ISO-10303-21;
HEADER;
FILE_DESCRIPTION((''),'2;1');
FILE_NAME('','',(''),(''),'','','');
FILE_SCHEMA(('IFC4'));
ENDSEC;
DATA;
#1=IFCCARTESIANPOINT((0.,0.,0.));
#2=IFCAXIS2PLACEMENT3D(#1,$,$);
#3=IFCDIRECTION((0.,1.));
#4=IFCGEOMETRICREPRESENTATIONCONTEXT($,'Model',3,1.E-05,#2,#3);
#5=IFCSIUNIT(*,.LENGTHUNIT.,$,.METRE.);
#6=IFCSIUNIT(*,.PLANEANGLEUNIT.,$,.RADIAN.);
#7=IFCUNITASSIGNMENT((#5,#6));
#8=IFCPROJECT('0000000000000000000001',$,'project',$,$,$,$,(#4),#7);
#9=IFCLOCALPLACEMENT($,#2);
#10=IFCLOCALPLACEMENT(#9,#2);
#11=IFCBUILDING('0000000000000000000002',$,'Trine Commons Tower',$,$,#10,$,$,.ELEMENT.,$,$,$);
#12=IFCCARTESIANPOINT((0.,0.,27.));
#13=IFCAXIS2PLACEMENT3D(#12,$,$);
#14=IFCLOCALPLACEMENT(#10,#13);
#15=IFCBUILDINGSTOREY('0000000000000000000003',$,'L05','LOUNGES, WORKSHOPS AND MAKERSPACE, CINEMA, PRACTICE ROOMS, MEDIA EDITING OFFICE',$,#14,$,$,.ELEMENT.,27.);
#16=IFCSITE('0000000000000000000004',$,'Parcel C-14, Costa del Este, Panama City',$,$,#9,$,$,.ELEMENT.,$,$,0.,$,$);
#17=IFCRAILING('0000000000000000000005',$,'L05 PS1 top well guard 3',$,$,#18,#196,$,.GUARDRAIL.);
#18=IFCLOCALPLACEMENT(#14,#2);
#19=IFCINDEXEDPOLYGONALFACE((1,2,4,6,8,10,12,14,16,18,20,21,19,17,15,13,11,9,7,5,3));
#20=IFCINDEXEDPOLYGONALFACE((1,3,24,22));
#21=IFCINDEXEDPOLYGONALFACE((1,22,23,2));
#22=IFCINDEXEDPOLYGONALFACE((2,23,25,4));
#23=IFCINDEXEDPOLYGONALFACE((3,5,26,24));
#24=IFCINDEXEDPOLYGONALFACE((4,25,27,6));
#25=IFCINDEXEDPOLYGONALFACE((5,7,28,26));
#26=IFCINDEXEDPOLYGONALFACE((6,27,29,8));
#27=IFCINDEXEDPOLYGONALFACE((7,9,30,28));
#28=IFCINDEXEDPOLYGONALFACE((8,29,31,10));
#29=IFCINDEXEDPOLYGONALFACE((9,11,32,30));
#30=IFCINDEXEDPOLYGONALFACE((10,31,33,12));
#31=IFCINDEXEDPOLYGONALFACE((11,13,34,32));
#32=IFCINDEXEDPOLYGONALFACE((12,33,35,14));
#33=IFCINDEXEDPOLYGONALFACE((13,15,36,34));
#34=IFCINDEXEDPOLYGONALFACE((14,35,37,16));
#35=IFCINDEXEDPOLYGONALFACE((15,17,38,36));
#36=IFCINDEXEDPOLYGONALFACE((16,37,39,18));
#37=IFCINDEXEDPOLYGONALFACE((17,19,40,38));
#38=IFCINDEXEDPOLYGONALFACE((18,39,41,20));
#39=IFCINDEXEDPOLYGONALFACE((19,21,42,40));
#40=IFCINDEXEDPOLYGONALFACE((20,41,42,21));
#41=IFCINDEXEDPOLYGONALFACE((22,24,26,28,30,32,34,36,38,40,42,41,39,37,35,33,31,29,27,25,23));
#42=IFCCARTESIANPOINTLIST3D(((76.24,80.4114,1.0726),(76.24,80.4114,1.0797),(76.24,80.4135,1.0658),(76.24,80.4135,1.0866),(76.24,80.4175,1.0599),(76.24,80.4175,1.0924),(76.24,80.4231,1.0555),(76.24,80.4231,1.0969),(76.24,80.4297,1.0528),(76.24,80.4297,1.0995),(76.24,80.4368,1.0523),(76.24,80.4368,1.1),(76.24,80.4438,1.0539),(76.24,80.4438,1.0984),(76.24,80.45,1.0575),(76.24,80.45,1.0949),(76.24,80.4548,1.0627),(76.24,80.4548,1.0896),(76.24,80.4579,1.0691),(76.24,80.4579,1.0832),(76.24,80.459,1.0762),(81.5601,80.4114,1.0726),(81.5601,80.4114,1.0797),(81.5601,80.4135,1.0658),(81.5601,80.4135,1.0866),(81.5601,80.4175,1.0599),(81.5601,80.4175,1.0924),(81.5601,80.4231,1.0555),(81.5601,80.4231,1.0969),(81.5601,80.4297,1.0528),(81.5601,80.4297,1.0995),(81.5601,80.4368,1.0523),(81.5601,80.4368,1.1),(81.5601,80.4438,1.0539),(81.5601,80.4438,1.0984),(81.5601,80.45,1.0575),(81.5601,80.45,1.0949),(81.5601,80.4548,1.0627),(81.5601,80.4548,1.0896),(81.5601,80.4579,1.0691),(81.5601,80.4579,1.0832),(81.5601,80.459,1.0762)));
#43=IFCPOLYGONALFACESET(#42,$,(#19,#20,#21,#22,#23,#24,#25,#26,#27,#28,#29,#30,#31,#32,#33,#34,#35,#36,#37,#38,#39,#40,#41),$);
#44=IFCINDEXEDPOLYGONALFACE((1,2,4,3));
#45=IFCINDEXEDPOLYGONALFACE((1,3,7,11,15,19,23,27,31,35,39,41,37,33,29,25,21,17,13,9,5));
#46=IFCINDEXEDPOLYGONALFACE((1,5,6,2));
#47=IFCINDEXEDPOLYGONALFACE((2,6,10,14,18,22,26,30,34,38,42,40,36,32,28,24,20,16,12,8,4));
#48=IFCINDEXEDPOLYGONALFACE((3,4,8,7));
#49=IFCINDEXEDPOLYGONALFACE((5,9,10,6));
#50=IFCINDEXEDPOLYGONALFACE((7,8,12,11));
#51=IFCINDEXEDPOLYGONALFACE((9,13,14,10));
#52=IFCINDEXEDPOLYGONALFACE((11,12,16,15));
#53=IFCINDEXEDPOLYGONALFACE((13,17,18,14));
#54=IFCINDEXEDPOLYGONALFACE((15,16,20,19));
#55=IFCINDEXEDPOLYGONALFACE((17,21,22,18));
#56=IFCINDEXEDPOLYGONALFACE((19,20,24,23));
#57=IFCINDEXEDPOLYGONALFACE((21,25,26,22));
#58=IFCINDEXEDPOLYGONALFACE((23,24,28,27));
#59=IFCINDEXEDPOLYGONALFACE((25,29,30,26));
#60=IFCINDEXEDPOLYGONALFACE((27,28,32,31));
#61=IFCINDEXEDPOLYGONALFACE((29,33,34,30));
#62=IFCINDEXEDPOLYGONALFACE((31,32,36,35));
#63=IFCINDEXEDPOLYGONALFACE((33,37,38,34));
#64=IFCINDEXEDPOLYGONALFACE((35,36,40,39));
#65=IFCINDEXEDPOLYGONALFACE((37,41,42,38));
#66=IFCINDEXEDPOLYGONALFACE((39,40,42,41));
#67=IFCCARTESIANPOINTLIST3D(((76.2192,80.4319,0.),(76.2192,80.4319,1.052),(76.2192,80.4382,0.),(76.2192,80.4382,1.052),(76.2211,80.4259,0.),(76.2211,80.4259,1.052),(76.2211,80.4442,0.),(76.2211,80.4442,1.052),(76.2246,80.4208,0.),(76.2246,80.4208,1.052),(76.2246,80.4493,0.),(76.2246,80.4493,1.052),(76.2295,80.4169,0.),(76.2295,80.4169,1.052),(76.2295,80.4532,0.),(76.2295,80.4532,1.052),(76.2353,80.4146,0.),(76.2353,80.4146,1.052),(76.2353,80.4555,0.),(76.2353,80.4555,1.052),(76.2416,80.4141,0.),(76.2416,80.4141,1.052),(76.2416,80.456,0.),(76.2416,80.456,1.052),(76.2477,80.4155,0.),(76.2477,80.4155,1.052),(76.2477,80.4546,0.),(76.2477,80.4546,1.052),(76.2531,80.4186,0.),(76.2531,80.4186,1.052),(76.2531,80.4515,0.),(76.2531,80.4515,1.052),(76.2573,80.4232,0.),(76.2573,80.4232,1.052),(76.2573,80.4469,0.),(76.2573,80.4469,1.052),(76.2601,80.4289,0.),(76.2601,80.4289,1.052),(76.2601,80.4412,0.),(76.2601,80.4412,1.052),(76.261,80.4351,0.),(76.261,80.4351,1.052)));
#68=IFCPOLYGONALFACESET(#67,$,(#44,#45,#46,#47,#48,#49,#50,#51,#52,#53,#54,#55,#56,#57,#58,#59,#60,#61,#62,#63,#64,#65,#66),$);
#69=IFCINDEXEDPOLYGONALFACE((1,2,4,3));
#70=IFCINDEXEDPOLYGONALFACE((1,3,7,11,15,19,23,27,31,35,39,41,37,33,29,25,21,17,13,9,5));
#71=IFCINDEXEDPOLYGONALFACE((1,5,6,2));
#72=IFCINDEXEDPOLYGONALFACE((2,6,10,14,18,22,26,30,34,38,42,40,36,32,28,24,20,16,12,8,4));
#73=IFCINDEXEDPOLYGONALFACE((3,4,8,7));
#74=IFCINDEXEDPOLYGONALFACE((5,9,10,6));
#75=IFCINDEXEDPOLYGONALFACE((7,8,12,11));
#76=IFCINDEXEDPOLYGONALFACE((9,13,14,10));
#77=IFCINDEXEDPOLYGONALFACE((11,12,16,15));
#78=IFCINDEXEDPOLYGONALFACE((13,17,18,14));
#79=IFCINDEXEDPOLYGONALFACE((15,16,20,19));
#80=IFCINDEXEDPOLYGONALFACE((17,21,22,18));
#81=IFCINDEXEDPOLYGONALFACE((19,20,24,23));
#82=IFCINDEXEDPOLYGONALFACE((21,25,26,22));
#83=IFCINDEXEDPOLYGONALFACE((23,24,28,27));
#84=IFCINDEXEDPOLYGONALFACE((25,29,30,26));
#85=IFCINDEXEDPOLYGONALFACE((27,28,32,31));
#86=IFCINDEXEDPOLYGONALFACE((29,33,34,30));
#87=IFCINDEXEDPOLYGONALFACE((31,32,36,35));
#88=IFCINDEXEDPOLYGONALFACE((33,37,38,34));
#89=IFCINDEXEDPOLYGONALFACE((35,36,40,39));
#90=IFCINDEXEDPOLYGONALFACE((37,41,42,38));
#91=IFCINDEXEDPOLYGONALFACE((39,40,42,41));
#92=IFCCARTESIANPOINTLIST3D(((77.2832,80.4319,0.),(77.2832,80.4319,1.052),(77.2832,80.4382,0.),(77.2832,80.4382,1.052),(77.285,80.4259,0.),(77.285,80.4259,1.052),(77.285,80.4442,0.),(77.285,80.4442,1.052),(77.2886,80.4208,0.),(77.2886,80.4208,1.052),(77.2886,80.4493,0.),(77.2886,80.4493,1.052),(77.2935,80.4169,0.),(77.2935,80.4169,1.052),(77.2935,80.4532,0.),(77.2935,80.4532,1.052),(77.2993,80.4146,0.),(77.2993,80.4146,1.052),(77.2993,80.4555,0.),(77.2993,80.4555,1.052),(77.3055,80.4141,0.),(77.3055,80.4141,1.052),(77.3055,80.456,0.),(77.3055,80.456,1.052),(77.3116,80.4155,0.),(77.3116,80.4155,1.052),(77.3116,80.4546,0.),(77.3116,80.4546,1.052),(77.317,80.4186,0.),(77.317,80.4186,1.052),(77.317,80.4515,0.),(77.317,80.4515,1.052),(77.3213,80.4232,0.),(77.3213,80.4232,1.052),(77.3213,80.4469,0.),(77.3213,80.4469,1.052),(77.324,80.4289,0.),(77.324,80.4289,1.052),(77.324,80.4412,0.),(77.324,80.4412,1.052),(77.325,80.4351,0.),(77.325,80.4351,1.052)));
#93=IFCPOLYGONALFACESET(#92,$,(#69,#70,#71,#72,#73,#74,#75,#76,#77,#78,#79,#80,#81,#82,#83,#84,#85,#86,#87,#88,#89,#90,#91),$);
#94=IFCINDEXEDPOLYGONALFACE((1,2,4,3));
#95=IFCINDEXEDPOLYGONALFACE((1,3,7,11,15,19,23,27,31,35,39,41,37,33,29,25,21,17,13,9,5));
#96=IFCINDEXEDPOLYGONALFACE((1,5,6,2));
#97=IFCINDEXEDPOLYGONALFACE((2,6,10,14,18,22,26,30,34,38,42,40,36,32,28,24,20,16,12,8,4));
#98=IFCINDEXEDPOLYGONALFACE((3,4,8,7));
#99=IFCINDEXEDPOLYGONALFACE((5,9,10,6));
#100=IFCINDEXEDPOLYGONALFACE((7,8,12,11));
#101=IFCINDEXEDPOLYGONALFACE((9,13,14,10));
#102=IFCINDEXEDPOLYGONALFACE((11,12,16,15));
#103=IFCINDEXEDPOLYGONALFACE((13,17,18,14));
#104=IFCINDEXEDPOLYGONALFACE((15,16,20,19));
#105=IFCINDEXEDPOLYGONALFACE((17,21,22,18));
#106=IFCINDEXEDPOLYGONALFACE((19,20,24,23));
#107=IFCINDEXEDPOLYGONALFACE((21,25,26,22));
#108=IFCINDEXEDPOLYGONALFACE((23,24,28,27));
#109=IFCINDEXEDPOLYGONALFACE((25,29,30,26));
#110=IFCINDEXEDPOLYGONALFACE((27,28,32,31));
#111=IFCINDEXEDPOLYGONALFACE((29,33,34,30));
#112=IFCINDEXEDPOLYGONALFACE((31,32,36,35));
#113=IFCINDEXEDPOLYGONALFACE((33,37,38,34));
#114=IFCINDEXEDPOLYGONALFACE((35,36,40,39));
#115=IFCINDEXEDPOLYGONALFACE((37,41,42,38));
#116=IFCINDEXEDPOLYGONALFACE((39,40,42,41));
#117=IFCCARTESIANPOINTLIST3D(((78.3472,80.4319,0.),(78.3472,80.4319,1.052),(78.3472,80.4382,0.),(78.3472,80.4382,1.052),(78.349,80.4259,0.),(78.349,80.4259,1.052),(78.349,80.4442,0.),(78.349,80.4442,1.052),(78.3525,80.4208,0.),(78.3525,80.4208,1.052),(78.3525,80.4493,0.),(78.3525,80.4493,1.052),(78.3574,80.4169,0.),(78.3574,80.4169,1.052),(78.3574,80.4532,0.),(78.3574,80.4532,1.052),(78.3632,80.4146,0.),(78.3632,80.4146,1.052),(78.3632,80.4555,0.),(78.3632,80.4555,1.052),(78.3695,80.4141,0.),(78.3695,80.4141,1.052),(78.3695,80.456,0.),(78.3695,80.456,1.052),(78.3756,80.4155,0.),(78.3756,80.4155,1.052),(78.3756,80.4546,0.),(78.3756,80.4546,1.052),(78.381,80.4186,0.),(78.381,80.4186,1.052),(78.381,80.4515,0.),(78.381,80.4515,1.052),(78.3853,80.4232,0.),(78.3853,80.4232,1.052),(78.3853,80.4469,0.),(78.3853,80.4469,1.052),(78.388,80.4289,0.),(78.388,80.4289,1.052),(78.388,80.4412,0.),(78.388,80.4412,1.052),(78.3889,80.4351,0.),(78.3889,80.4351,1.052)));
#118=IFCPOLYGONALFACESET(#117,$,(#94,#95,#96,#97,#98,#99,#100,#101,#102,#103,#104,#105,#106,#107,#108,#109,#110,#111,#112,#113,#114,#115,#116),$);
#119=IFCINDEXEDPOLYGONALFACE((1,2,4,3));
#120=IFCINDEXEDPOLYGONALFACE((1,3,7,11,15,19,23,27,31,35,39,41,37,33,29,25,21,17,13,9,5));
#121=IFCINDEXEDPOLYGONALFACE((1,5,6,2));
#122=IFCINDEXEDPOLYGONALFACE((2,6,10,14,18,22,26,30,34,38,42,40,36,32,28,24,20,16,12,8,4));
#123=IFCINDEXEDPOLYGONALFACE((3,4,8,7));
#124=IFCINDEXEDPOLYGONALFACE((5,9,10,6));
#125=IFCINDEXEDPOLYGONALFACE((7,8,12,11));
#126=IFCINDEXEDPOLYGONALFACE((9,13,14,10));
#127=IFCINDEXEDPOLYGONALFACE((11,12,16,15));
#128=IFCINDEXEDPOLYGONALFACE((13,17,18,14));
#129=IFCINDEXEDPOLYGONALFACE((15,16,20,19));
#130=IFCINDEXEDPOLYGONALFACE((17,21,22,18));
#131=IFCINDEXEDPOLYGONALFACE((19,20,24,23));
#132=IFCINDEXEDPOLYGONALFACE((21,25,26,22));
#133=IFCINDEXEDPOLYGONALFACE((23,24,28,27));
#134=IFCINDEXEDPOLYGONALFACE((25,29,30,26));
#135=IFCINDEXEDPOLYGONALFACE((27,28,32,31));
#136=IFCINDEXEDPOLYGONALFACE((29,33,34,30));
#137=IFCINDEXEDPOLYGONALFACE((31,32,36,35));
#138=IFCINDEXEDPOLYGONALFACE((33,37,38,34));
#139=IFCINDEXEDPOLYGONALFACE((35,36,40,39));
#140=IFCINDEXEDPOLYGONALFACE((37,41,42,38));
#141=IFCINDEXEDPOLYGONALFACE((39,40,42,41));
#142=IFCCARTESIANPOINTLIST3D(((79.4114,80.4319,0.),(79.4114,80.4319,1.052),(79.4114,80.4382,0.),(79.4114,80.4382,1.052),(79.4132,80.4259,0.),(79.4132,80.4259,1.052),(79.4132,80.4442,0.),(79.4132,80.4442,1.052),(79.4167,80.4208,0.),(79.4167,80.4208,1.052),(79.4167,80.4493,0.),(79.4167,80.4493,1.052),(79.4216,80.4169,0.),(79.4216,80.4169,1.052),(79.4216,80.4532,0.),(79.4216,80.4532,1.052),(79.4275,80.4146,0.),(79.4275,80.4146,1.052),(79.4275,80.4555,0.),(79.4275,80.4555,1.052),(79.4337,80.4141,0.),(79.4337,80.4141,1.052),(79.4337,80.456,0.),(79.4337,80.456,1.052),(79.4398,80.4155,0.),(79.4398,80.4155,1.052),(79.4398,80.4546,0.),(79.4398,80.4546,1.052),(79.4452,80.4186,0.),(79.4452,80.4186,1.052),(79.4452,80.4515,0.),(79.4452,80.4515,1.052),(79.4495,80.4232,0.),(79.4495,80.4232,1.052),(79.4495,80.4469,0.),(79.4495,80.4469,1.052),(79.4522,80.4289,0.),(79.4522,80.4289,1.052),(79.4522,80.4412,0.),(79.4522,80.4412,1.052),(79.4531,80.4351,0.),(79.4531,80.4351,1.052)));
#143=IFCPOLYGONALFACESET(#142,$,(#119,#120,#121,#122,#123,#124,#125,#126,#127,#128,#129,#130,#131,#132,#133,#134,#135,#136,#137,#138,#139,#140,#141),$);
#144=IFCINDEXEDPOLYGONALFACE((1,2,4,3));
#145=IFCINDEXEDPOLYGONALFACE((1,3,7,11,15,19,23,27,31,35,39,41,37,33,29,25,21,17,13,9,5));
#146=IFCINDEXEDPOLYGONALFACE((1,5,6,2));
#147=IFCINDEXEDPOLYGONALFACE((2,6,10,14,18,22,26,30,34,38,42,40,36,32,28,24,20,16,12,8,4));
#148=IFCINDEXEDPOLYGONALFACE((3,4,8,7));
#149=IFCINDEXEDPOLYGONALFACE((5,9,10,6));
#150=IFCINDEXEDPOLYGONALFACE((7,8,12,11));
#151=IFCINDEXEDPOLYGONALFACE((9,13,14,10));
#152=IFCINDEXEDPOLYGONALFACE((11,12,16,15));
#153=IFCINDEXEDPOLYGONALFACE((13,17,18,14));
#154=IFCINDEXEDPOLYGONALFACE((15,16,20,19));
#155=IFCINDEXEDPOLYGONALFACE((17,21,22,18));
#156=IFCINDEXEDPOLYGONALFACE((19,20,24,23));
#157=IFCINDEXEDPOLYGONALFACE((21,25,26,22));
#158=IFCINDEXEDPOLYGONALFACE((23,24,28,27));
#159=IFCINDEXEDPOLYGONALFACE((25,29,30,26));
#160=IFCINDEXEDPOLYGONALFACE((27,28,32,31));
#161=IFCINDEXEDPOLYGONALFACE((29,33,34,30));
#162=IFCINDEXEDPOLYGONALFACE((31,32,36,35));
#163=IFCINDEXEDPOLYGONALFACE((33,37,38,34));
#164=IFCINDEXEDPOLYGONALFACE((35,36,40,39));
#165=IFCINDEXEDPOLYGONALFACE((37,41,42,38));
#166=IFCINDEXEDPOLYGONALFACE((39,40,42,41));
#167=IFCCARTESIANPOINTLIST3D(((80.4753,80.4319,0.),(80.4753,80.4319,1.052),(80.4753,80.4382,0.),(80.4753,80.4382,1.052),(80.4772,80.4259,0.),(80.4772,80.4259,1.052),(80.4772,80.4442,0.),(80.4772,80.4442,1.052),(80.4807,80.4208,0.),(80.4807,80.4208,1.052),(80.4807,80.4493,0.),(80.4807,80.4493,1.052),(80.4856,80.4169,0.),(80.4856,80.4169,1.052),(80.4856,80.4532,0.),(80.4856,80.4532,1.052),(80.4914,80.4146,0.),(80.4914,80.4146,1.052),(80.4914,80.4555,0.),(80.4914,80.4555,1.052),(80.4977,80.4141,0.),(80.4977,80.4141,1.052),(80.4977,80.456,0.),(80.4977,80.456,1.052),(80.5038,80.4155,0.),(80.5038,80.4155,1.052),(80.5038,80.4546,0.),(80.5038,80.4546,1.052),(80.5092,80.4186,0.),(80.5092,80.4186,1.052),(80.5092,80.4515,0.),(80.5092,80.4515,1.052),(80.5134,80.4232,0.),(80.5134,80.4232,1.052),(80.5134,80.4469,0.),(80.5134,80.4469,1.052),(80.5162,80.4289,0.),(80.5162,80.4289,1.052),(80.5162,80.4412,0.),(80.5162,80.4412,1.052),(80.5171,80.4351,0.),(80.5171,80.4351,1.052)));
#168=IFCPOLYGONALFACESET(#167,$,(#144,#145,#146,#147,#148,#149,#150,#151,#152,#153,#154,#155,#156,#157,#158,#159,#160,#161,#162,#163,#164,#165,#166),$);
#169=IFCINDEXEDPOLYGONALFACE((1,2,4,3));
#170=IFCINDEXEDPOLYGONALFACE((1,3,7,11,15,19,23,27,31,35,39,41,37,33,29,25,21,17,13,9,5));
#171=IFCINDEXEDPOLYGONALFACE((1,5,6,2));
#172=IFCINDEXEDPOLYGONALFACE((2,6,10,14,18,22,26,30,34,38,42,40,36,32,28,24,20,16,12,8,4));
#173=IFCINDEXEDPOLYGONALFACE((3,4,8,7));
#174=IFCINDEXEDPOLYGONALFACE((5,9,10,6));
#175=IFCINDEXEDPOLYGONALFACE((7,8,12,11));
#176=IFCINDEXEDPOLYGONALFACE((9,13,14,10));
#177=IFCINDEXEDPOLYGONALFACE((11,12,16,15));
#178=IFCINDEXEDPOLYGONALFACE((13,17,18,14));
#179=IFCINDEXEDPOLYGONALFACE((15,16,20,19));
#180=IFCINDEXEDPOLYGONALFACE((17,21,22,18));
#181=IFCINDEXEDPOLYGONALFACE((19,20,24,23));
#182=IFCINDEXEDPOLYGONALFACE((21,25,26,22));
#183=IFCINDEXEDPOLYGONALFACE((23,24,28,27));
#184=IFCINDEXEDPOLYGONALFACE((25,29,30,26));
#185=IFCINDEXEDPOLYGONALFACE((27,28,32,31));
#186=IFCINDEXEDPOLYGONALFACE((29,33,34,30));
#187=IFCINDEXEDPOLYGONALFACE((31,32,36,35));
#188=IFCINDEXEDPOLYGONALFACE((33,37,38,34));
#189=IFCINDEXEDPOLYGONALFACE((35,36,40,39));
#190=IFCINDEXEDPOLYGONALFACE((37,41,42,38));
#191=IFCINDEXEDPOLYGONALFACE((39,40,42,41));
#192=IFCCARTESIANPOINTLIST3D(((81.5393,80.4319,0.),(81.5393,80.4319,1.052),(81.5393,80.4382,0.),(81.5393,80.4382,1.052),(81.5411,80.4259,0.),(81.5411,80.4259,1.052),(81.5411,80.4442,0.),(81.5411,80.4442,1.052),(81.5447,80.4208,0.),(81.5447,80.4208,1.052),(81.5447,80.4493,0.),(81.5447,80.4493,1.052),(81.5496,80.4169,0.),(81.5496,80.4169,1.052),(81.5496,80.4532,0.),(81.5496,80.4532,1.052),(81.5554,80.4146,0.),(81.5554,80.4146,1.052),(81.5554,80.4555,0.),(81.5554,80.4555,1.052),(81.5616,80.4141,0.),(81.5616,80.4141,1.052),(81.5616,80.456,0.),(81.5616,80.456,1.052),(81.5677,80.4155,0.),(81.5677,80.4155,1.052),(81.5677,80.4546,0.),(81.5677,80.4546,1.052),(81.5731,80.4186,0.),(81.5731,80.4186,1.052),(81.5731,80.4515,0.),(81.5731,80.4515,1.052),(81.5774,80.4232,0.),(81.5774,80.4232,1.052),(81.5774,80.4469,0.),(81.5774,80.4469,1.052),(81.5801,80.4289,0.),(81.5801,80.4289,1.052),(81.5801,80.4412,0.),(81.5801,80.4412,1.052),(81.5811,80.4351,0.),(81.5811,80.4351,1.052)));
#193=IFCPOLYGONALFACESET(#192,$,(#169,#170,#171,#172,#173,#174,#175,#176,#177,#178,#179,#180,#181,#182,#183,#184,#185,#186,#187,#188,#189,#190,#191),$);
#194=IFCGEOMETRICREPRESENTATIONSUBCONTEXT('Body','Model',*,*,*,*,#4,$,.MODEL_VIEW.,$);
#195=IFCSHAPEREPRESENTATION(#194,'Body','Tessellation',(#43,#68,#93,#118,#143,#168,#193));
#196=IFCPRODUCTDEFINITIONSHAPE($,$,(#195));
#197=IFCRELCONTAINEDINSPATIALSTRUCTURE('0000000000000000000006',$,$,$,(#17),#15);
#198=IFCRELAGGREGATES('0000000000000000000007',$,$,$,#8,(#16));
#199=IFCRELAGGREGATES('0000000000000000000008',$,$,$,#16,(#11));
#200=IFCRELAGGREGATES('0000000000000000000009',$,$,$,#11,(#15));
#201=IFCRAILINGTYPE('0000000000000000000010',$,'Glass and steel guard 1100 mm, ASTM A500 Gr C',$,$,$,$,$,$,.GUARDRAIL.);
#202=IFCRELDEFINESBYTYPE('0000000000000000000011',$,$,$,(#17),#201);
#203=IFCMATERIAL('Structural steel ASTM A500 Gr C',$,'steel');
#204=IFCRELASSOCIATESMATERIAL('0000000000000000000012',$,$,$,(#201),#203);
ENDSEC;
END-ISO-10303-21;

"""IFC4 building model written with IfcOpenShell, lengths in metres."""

from ifc_helpers import new_model, si_unit, direction, frame, origin, origin_2d, place, context, subcontext, project, spatial, circle, extrude, material, type_object, element, save


model = new_model("IFC4")

# Units and contexts
model_context = context("Model", 3, precision=1e-05, world=origin(), true_north=direction((0.0, 1.0)))
body_context = subcontext(model_context, "Body", "Model", "MODEL_VIEW")
ifc_project = project(units=[si_unit("LENGTHUNIT", "METRE"), si_unit("PLANEANGLEUNIT", "RADIAN")], contexts=[model_context])

# Site, building, storey
site_placement = place(None, origin())
site = spatial("IfcSite", under=ifc_project, at=site_placement, Name="Parcel C-14, Costa del Este, Panama City", CompositionType="ELEMENT", RefElevation=0.0)
building_placement = place(site_placement, origin())
building = spatial("IfcBuilding", under=site, at=building_placement, Name="Trine Commons Tower", CompositionType="ELEMENT")
storey_placement = place(building_placement, frame((0.0, 0.0, 27.0)))
storey = spatial("IfcBuildingStorey", under=building, at=storey_placement, Name="L05", Description="LOUNGES, WORKSHOPS AND MAKERSPACE, CINEMA, PRACTICE ROOMS, MEDIA EDITING OFFICE", CompositionType="ELEMENT", Elevation=27.0)

# Railing
ifc_material_1 = material(Name="Structural steel ASTM A500 Gr C", Category="steel")
railing_type = type_object("IfcRailingType", Name="Glass and steel guard 1100 mm, ASTM A500 Gr C", PredefinedType="GUARDRAIL", material=ifc_material_1)
for number, where, name in (
    (1, (76.24, 80.4351, 0.0), "L05 PS1 top well guard 3"),
):
    element("IfcRailing", number, at=place(storey_placement, frame(where)), inside=storey, type_object=railing_type, Name=name, PredefinedType="GUARDRAIL", context=body_context, shape_type="SweptSolid", body=[
        extrude(circle(Radius=0.0239, at=origin_2d()), frame((0.0, 0.0, 1.0762), z_axis=(1.0, 0.0, 0.0), x_axis=(0.0, 1.0, 0.0)), (0.0, 0.0, 1.0), 5.3201),
        extrude(circle(Radius=0.021, at=origin_2d()), origin(), (0.0, 0.0, 1.0), 1.052),
        extrude(circle(Radius=0.021, at=origin_2d()), frame((1.064, 0.0, 0.0)), (0.0, 0.0, 1.0), 1.052),
        extrude(circle(Radius=0.021, at=origin_2d()), frame((2.1279, 0.0, 0.0)), (0.0, 0.0, 1.0), 1.052),
        extrude(circle(Radius=0.021, at=origin_2d()), frame((3.1921, 0.0, 0.0)), (0.0, 0.0, 1.0), 1.052),
        extrude(circle(Radius=0.021, at=origin_2d()), frame((4.2561, 0.0, 0.0)), (0.0, 0.0, 1.0), 1.052),
        extrude(circle(Radius=0.021, at=origin_2d()), frame((5.3201, 0.0, 0.0)), (0.0, 0.0, 1.0), 1.052),
    ])

save(model, "model.ifc")
